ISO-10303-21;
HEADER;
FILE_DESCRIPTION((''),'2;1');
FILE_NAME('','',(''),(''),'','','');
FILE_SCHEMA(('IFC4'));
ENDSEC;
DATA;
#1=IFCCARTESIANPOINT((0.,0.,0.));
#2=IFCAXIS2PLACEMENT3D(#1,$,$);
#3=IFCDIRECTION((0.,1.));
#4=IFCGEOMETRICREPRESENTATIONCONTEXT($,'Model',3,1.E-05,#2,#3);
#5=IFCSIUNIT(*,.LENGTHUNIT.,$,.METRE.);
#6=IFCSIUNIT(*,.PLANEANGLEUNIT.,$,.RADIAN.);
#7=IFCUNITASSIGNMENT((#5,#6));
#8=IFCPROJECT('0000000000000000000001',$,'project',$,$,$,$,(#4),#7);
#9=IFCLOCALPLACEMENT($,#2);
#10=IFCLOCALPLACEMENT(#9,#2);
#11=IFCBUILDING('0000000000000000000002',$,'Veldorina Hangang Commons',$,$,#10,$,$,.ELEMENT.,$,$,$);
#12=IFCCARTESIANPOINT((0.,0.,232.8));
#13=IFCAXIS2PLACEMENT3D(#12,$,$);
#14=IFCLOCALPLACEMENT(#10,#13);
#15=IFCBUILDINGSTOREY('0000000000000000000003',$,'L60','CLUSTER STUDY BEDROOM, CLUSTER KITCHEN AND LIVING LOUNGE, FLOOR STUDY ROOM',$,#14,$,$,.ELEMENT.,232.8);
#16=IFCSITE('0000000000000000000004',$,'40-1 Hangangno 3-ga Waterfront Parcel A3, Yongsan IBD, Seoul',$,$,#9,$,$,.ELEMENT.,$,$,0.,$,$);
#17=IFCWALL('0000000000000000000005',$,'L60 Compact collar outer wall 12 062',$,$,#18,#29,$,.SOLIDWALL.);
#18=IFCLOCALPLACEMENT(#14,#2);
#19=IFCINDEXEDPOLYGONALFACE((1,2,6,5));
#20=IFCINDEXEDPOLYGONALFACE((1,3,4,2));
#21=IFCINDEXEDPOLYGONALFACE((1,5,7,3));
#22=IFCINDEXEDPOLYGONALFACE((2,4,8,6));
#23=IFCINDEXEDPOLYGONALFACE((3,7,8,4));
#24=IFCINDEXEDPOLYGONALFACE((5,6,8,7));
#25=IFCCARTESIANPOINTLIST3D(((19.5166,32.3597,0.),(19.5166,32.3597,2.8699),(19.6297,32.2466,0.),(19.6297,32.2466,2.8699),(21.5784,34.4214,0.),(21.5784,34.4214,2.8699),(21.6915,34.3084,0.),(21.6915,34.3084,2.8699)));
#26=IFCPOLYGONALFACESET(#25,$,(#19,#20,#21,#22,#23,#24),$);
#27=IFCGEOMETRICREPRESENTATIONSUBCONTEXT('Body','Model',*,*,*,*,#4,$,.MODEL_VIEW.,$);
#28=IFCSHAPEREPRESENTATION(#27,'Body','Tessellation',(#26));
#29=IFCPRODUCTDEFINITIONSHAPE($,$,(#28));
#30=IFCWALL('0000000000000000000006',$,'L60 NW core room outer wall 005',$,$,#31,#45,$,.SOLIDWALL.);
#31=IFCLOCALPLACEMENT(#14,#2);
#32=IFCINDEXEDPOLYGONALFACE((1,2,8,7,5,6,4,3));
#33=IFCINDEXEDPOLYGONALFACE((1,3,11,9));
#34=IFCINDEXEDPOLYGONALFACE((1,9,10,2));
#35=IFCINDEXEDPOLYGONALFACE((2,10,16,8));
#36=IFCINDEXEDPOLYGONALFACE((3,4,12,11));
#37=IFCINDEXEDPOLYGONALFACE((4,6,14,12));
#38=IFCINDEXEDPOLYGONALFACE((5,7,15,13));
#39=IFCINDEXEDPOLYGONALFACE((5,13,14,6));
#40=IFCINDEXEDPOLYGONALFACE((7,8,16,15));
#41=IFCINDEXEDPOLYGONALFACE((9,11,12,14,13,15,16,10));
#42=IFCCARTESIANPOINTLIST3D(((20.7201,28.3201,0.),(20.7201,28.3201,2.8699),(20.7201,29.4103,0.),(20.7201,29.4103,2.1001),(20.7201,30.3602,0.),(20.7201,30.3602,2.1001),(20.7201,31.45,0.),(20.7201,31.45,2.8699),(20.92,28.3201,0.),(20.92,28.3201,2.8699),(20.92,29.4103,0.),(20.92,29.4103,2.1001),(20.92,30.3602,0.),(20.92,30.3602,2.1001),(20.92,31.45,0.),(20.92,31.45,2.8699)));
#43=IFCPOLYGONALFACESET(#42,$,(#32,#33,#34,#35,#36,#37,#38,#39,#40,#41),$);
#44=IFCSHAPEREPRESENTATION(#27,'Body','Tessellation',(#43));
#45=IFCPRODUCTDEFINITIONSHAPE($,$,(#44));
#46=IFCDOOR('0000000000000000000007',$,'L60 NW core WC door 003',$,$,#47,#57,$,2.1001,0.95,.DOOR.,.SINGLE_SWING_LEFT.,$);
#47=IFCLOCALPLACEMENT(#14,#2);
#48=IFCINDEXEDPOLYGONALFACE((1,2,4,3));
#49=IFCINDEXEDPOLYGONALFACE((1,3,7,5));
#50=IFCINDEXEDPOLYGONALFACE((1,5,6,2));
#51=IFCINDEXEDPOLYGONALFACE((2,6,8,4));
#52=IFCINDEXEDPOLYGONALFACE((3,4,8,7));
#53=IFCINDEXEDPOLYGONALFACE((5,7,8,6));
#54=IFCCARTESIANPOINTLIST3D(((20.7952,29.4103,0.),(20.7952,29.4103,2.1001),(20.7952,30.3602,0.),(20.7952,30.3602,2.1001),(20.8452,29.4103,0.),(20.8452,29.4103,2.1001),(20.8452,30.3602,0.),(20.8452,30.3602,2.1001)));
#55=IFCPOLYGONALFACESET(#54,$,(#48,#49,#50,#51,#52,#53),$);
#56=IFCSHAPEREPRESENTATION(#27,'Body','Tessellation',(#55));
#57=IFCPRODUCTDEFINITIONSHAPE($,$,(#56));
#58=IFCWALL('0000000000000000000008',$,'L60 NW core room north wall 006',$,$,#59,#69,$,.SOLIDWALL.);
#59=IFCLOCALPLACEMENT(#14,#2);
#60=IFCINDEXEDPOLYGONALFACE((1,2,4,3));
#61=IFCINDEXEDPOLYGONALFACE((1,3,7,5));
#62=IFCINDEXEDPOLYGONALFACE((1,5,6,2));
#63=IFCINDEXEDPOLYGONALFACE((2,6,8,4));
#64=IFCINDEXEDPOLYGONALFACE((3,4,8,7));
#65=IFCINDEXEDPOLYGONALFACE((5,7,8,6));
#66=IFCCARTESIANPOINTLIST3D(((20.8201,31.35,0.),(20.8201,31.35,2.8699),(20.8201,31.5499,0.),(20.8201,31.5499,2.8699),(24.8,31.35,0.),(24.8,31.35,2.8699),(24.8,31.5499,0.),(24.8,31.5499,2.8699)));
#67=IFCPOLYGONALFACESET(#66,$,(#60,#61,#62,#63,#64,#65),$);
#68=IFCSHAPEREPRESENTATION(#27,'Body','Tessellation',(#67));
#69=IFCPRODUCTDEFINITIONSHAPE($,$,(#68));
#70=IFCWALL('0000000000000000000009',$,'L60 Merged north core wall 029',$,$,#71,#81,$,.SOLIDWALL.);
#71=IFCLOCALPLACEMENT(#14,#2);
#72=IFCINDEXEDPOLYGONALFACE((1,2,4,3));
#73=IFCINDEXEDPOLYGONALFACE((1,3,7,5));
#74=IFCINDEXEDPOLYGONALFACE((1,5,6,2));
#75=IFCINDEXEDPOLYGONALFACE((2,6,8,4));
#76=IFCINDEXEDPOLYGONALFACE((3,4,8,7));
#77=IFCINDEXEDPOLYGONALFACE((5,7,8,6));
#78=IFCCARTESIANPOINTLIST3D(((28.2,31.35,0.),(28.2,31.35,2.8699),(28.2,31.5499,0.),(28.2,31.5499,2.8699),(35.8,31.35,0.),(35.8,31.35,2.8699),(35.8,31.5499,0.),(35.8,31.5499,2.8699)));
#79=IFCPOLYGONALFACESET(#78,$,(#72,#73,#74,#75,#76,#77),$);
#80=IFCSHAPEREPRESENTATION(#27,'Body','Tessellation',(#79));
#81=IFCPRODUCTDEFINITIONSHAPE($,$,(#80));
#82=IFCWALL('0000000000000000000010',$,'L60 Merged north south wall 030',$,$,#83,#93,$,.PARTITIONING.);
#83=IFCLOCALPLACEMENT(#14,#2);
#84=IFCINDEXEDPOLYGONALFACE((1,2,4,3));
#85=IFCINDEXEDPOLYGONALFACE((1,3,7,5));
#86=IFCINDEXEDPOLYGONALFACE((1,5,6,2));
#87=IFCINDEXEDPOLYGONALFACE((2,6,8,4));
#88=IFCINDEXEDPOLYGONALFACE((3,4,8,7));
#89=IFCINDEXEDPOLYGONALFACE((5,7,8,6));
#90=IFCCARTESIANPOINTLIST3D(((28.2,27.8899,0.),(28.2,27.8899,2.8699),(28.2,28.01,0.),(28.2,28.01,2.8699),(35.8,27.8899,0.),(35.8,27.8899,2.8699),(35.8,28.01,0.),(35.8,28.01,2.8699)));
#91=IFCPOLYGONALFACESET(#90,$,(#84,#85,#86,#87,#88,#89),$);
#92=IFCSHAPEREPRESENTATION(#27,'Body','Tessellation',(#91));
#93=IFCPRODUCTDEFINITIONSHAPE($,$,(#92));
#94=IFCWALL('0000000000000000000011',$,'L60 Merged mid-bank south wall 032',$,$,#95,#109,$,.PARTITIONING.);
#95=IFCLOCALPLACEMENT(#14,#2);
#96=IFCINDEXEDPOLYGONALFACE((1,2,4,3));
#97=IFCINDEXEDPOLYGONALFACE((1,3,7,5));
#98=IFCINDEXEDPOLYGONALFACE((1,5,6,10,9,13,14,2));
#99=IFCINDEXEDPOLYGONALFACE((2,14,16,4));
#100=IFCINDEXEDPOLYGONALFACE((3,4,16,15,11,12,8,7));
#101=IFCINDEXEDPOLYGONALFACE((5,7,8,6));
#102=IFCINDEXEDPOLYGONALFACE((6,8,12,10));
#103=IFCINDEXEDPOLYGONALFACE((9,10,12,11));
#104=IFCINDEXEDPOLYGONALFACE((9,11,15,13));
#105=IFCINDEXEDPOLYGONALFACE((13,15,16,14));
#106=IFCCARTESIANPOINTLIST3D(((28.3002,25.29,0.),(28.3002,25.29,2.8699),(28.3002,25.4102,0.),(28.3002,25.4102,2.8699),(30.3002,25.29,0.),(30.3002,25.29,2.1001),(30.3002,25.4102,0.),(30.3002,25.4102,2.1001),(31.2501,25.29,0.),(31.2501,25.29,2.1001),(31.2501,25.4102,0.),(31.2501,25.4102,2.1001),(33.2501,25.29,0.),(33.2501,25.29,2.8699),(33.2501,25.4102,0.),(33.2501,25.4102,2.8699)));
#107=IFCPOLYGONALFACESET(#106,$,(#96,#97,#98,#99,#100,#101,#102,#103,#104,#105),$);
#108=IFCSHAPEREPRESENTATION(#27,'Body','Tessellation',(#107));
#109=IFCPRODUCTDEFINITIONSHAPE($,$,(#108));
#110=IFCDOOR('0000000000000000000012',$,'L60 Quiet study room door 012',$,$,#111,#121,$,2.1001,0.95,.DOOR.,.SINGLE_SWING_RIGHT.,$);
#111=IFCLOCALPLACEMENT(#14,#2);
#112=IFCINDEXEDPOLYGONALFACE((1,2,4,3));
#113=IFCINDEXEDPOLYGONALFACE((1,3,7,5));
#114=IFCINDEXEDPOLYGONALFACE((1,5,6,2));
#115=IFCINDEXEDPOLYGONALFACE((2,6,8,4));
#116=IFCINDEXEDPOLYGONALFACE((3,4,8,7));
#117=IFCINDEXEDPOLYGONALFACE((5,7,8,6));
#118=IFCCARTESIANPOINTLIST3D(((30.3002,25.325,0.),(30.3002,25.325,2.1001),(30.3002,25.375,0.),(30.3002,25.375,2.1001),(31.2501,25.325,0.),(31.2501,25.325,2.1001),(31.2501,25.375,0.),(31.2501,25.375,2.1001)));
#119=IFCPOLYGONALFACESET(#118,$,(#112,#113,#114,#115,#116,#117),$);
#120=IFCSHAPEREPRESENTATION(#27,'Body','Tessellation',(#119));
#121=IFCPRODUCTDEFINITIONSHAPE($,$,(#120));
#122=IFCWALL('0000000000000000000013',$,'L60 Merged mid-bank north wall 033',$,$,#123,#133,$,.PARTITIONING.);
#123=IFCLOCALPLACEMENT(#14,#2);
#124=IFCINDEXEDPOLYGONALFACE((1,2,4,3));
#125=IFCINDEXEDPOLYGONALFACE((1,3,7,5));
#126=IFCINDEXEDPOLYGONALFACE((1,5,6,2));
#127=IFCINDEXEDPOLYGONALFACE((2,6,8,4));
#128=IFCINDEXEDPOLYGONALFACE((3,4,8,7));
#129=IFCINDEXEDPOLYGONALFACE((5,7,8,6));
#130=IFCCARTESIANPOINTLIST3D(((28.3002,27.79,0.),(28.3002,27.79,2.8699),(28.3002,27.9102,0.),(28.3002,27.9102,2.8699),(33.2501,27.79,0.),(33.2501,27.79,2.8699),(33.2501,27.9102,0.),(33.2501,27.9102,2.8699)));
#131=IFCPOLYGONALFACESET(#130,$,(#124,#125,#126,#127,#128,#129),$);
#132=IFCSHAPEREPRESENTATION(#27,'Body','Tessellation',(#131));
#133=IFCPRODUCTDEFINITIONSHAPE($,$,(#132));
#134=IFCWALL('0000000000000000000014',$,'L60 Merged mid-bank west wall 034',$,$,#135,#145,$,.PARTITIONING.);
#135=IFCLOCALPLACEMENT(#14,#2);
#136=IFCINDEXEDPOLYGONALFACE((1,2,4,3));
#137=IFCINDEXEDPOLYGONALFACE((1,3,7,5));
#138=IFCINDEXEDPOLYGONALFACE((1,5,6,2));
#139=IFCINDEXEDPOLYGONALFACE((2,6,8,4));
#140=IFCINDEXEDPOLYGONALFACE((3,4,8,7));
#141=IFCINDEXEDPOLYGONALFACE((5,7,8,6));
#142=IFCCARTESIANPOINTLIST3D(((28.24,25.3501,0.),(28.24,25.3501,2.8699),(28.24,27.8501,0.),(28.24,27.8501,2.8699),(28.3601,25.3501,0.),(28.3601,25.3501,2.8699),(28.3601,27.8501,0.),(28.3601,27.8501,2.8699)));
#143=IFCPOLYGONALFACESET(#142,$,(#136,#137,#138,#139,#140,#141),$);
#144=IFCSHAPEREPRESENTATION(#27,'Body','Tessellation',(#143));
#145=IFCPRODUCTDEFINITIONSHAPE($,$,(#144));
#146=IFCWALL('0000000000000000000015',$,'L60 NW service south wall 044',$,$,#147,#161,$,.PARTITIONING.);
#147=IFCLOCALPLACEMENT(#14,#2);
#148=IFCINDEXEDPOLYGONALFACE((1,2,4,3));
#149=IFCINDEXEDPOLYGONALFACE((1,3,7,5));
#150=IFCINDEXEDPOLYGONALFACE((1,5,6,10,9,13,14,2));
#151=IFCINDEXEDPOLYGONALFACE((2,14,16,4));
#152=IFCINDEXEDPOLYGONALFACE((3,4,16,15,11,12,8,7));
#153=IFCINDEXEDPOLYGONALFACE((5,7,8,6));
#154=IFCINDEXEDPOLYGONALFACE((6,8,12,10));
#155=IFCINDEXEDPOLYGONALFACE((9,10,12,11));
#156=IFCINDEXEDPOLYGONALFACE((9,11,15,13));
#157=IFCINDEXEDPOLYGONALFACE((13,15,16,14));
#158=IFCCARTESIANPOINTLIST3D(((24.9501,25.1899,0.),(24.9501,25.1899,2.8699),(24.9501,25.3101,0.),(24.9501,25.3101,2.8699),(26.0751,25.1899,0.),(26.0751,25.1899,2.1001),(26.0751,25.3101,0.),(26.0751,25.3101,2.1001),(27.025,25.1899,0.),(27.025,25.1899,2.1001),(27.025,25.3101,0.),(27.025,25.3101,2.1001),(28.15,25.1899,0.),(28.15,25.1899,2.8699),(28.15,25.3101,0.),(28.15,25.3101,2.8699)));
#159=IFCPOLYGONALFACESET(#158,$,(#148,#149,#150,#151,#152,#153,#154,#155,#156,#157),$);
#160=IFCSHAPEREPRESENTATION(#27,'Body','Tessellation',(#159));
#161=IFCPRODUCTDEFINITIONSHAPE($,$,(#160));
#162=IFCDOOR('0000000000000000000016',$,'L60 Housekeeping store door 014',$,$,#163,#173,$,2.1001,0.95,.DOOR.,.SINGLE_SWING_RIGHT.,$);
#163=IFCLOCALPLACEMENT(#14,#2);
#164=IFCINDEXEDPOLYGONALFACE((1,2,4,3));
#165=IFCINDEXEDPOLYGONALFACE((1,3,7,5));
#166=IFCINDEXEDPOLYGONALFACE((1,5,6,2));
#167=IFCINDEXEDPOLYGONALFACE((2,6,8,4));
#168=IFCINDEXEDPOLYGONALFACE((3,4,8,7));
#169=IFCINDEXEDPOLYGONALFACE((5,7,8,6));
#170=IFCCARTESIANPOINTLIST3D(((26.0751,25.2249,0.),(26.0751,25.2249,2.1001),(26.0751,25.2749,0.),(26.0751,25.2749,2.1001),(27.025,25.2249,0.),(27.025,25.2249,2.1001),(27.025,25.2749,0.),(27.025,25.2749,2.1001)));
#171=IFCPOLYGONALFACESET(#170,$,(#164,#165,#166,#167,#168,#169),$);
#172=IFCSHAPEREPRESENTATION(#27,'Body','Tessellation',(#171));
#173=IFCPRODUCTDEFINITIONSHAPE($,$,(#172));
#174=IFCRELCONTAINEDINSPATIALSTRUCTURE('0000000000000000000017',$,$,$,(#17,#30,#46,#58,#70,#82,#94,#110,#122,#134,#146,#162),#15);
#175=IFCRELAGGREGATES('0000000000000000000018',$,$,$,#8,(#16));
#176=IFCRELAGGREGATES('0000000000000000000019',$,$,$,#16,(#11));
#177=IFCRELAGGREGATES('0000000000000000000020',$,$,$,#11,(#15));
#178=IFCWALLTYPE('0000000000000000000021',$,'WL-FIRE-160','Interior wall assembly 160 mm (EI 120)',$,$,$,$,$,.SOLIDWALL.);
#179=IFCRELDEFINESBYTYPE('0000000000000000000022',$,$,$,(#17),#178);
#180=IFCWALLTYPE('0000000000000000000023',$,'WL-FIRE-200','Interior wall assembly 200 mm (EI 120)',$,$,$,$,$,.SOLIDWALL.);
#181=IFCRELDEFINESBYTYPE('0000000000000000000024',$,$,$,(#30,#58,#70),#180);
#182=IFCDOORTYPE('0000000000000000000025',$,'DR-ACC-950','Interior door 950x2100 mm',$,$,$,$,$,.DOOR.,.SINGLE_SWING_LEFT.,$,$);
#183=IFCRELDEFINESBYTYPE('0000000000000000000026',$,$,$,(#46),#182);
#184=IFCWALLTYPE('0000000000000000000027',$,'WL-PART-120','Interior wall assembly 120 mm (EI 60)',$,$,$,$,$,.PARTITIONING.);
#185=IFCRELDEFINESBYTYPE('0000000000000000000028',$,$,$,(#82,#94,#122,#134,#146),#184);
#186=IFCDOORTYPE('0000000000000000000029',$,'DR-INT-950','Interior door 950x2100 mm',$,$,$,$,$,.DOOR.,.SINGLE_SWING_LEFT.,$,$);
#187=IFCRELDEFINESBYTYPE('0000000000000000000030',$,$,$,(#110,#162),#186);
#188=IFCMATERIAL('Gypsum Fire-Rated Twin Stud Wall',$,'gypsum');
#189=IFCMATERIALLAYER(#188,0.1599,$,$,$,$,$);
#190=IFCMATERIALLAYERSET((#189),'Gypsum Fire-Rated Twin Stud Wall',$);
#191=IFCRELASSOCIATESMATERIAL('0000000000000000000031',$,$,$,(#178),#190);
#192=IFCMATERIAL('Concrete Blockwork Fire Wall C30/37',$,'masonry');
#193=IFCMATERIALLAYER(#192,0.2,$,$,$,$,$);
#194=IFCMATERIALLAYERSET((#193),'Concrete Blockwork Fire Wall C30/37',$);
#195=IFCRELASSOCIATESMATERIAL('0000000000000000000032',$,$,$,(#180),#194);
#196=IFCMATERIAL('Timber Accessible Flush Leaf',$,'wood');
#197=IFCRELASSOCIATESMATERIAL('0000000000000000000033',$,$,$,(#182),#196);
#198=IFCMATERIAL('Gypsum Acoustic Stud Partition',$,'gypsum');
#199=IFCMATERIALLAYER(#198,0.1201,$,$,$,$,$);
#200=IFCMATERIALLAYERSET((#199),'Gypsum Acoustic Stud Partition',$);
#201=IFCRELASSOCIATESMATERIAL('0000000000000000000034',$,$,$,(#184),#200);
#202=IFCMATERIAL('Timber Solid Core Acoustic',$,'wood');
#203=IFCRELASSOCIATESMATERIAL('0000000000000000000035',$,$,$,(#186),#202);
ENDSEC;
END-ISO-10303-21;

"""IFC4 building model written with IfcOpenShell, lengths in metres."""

from ifc_helpers import new_model, si_unit, direction, frame, frame_2d, origin, place, context, subcontext, project, spatial, rectangle, extrude, material, layer, layer_set, type_object, element, fill, save


model = new_model("IFC4")

# Units and contexts
model_context = context("Model", 3, precision=1e-05, world=origin(), true_north=direction((0.0, 1.0)))
body_context = subcontext(model_context, "Body", "Model", "MODEL_VIEW")
ifc_project = project(units=[si_unit("LENGTHUNIT", "METRE"), si_unit("PLANEANGLEUNIT", "RADIAN")], contexts=[model_context])

# Site, building, storey
site_placement = place(None, origin())
site = spatial("IfcSite", under=ifc_project, at=site_placement, Name="40-1 Hangangno 3-ga Waterfront Parcel A3, Yongsan IBD, Seoul", CompositionType="ELEMENT", RefElevation=0.0)
building_placement = place(site_placement, origin())
building = spatial("IfcBuilding", under=site, at=building_placement, Name="Veldorina Hangang Commons", CompositionType="ELEMENT")
storey_placement = place(building_placement, frame((0.0, 0.0, 232.8)))
storey = spatial("IfcBuildingStorey", under=building, at=storey_placement, Name="L60", Description="CLUSTER STUDY BEDROOM, CLUSTER KITCHEN AND LIVING LOUNGE, FLOOR STUDY ROOM", CompositionType="ELEMENT", Elevation=232.8)

# Wall
ifc_material_1 = material(Name="Gypsum Fire-Rated Twin Stud Wall", Category="gypsum")
ifc_layer_1 = layer(ifc_material_1, 0.1599)
ifc_layer_set_1 = layer_set([ifc_layer_1], Name="Gypsum Fire-Rated Twin Stud Wall")
wall_type_1 = type_object("IfcWallType", Name="WL-FIRE-160", Description="Interior wall assembly 160 mm (EI 120)", PredefinedType="SOLIDWALL", material=ifc_layer_set_1)
wall_1_placement = place(storey_placement, frame((21.635, 34.365, 0.0), z_axis=(0.0, 0.0, 1.0), x_axis=(-0.707107, -0.707107, 0.0)))
element("IfcWall", 1, at=wall_1_placement, inside=storey, type_object=wall_type_1, Name="L60 Compact collar outer wall 12 062", PredefinedType="SOLIDWALL", context=body_context, shape_type="SweptSolid", body=[
    extrude(rectangle(XDim=2.9158, YDim=0.1599, at=frame_2d((1.458, 0.0))), origin(), (0.0, 0.0, 1.0), 2.8699),
])

# Wall, opening, door
ifc_material_2 = material(Name="Concrete Blockwork Fire Wall C30/37", Category="masonry")
ifc_layer_2 = layer(ifc_material_2, 0.2)
ifc_layer_set_2 = layer_set([ifc_layer_2], Name="Concrete Blockwork Fire Wall C30/37")
wall_type_2 = type_object("IfcWallType", Name="WL-FIRE-200", Description="Interior wall assembly 200 mm (EI 120)", PredefinedType="SOLIDWALL", material=ifc_layer_set_2)
wall_2_placement = place(storey_placement, frame((20.8201, 28.3201, 0.0), z_axis=(0.0, 0.0, 1.0), x_axis=(0.0, 1.0, 0.0)))
wall_2 = element("IfcWall", 2, at=wall_2_placement, inside=storey, type_object=wall_type_2, Name="L60 NW core room outer wall 005", PredefinedType="SOLIDWALL", context=body_context, shape_type="SweptSolid", body=[
    extrude(rectangle(XDim=3.1299, YDim=0.2, at=frame_2d((1.5649, 0.0))), origin(), (0.0, 0.0, 1.0), 2.8699),
])
opening_1_placement = place(wall_2_placement, frame((1.0901, 0.0, 0.0)))
opening_1 = element("IfcOpeningElement", 3, at=opening_1_placement, cuts=wall_2, PredefinedType="OPENING", context=body_context, shape_type="SweptSolid", body=[
    extrude(rectangle(XDim=0.95, YDim=2.1001, at=frame_2d((0.4751, 1.05))), frame((0.0, 0.1099, 0.0), z_axis=(0.0, -1.0, 0.0), x_axis=(1.0, 0.0, 0.0)), (0.0, 0.0, 1.0), 0.22),
])
ifc_material_3 = material(Name="Timber Accessible Flush Leaf", Category="wood")
door_type_1 = type_object("IfcDoorType", Name="DR-ACC-950", Description="Interior door 950x2100 mm", OperationType="SINGLE_SWING_LEFT", PredefinedType="DOOR", material=ifc_material_3)
door_1_placement = place(opening_1_placement, origin())
door_1 = element("IfcDoor", 4, at=door_1_placement, inside=storey, type_object=door_type_1, Name="L60 NW core WC door 003", OperationType="SINGLE_SWING_LEFT", OverallHeight=2.1001, OverallWidth=0.95, PredefinedType="DOOR", context=body_context, shape_type="SweptSolid", body=[
    extrude(rectangle(XDim=0.95, YDim=2.1001, at=frame_2d((0.4751, 1.05))), frame((0.0, 0.0249, 0.0), z_axis=(0.0, -1.0, 0.0), x_axis=(1.0, 0.0, 0.0)), (0.0, 0.0, 1.0), 0.05),
])
fill(opening_1, door_1)

# Walls
wall_3_placement = place(storey_placement, frame((20.8201, 31.45, 0.0), z_axis=(0.0, 0.0, 1.0), x_axis=(1.0, 0.0, 0.0)))
element("IfcWall", 5, at=wall_3_placement, inside=storey, type_object=wall_type_2, Name="L60 NW core room north wall 006", PredefinedType="SOLIDWALL", context=body_context, shape_type="SweptSolid", body=[
    extrude(rectangle(XDim=3.98, YDim=0.2, at=frame_2d((1.99, 0.0))), origin(), (0.0, 0.0, 1.0), 2.8699),
])
wall_4_placement = place(storey_placement, frame((28.2, 31.45, 0.0), z_axis=(0.0, 0.0, 1.0), x_axis=(1.0, 0.0, 0.0)))
element("IfcWall", 6, at=wall_4_placement, inside=storey, type_object=wall_type_2, Name="L60 Merged north core wall 029", PredefinedType="SOLIDWALL", context=body_context, shape_type="SweptSolid", body=[
    extrude(rectangle(XDim=7.6001, YDim=0.2, at=frame_2d((3.8, 0.0))), origin(), (0.0, 0.0, 1.0), 2.8699),
])
ifc_material_4 = material(Name="Gypsum Acoustic Stud Partition", Category="gypsum")
ifc_layer_3 = layer(ifc_material_4, 0.1201)
ifc_layer_set_3 = layer_set([ifc_layer_3], Name="Gypsum Acoustic Stud Partition")
wall_type_3 = type_object("IfcWallType", Name="WL-PART-120", Description="Interior wall assembly 120 mm (EI 60)", PredefinedType="PARTITIONING", material=ifc_layer_set_3)
wall_5_placement = place(storey_placement, frame((28.2, 27.95, 0.0), z_axis=(0.0, 0.0, 1.0), x_axis=(1.0, 0.0, 0.0)))
element("IfcWall", 7, at=wall_5_placement, inside=storey, type_object=wall_type_3, Name="L60 Merged north south wall 030", PredefinedType="PARTITIONING", context=body_context, shape_type="SweptSolid", body=[
    extrude(rectangle(XDim=7.6001, YDim=0.1201, at=frame_2d((3.8, 0.0))), origin(), (0.0, 0.0, 1.0), 2.8699),
])

# Wall, opening, door
wall_6_placement = place(storey_placement, frame((28.3, 25.3501, 0.0), z_axis=(0.0, 0.0, 1.0), x_axis=(1.0, 0.0, 0.0)))
wall_6 = element("IfcWall", 8, at=wall_6_placement, inside=storey, type_object=wall_type_3, Name="L60 Merged mid-bank south wall 032", PredefinedType="PARTITIONING", context=body_context, shape_type="SweptSolid", body=[
    extrude(rectangle(XDim=4.95, YDim=0.1201, at=frame_2d((2.4751, 0.0))), origin(), (0.0, 0.0, 1.0), 2.8699),
])
opening_2_placement = place(wall_6_placement, frame((2.0, 0.0, 0.0)))
opening_2 = element("IfcOpeningElement", 9, at=opening_2_placement, cuts=wall_6, PredefinedType="OPENING", context=body_context, shape_type="SweptSolid", body=[
    extrude(rectangle(XDim=0.95, YDim=2.1001, at=frame_2d((0.4751, 1.05))), frame((0.0, 0.0701, 0.0), z_axis=(0.0, -1.0, 0.0), x_axis=(1.0, 0.0, 0.0)), (0.0, 0.0, 1.0), 0.1401),
])
ifc_material_5 = material(Name="Timber Solid Core Acoustic", Category="wood")
door_type_2 = type_object("IfcDoorType", Name="DR-INT-950", Description="Interior door 950x2100 mm", OperationType="SINGLE_SWING_LEFT", PredefinedType="DOOR", material=ifc_material_5)
door_2_placement = place(opening_2_placement, origin())
door_2 = element("IfcDoor", 10, at=door_2_placement, inside=storey, type_object=door_type_2, Name="L60 Quiet study room door 012", OperationType="SINGLE_SWING_RIGHT", OverallHeight=2.1001, OverallWidth=0.95, PredefinedType="DOOR", context=body_context, shape_type="SweptSolid", body=[
    extrude(rectangle(XDim=0.95, YDim=2.1001, at=frame_2d((0.4751, 1.05))), frame((0.0, 0.0249, 0.0), z_axis=(0.0, -1.0, 0.0), x_axis=(1.0, 0.0, 0.0)), (0.0, 0.0, 1.0), 0.05),
])
fill(opening_2, door_2)

# Walls
wall_7_placement = place(storey_placement, frame((28.3, 27.8501, 0.0), z_axis=(0.0, 0.0, 1.0), x_axis=(1.0, 0.0, 0.0)))
element("IfcWall", 11, at=wall_7_placement, inside=storey, type_object=wall_type_3, Name="L60 Merged mid-bank north wall 033", PredefinedType="PARTITIONING", context=body_context, shape_type="SweptSolid", body=[
    extrude(rectangle(XDim=4.95, YDim=0.1201, at=frame_2d((2.4751, 0.0))), origin(), (0.0, 0.0, 1.0), 2.8699),
])
wall_8_placement = place(storey_placement, frame((28.3, 25.3501, 0.0), z_axis=(0.0, 0.0, 1.0), x_axis=(0.0, 1.0, 0.0)))
element("IfcWall", 12, at=wall_8_placement, inside=storey, type_object=wall_type_3, Name="L60 Merged mid-bank west wall 034", PredefinedType="PARTITIONING", context=body_context, shape_type="SweptSolid", body=[
    extrude(rectangle(XDim=2.5, YDim=0.1201, at=frame_2d((1.25, 0.0))), origin(), (0.0, 0.0, 1.0), 2.8699),
])

# Wall, opening, door
wall_9_placement = place(storey_placement, frame((24.95, 25.25, 0.0), z_axis=(0.0, 0.0, 1.0), x_axis=(1.0, 0.0, 0.0)))
wall_9 = element("IfcWall", 13, at=wall_9_placement, inside=storey, type_object=wall_type_3, Name="L60 NW service south wall 044", PredefinedType="PARTITIONING", context=body_context, shape_type="SweptSolid", body=[
    extrude(rectangle(XDim=3.2, YDim=0.1201, at=frame_2d((1.6001, 0.0))), origin(), (0.0, 0.0, 1.0), 2.8699),
])
opening_3_placement = place(wall_9_placement, frame((1.125, 0.0, 0.0)))
opening_3 = element("IfcOpeningElement", 14, at=opening_3_placement, cuts=wall_9, PredefinedType="OPENING", context=body_context, shape_type="SweptSolid", body=[
    extrude(rectangle(XDim=0.95, YDim=2.1001, at=frame_2d((0.4751, 1.05))), frame((0.0, 0.0701, 0.0), z_axis=(0.0, -1.0, 0.0), x_axis=(1.0, 0.0, 0.0)), (0.0, 0.0, 1.0), 0.1401),
])
door_3_placement = place(opening_3_placement, origin())
door_3 = element("IfcDoor", 15, at=door_3_placement, inside=storey, type_object=door_type_2, Name="L60 Housekeeping store door 014", OperationType="SINGLE_SWING_RIGHT", OverallHeight=2.1001, OverallWidth=0.95, PredefinedType="DOOR", context=body_context, shape_type="SweptSolid", body=[
    extrude(rectangle(XDim=0.95, YDim=2.1001, at=frame_2d((0.4751, 1.05))), frame((0.0, 0.0249, 0.0), z_axis=(0.0, -1.0, 0.0), x_axis=(1.0, 0.0, 0.0)), (0.0, 0.0, 1.0), 0.05),
])
fill(opening_3, door_3)

save(model, "model.ifc")
